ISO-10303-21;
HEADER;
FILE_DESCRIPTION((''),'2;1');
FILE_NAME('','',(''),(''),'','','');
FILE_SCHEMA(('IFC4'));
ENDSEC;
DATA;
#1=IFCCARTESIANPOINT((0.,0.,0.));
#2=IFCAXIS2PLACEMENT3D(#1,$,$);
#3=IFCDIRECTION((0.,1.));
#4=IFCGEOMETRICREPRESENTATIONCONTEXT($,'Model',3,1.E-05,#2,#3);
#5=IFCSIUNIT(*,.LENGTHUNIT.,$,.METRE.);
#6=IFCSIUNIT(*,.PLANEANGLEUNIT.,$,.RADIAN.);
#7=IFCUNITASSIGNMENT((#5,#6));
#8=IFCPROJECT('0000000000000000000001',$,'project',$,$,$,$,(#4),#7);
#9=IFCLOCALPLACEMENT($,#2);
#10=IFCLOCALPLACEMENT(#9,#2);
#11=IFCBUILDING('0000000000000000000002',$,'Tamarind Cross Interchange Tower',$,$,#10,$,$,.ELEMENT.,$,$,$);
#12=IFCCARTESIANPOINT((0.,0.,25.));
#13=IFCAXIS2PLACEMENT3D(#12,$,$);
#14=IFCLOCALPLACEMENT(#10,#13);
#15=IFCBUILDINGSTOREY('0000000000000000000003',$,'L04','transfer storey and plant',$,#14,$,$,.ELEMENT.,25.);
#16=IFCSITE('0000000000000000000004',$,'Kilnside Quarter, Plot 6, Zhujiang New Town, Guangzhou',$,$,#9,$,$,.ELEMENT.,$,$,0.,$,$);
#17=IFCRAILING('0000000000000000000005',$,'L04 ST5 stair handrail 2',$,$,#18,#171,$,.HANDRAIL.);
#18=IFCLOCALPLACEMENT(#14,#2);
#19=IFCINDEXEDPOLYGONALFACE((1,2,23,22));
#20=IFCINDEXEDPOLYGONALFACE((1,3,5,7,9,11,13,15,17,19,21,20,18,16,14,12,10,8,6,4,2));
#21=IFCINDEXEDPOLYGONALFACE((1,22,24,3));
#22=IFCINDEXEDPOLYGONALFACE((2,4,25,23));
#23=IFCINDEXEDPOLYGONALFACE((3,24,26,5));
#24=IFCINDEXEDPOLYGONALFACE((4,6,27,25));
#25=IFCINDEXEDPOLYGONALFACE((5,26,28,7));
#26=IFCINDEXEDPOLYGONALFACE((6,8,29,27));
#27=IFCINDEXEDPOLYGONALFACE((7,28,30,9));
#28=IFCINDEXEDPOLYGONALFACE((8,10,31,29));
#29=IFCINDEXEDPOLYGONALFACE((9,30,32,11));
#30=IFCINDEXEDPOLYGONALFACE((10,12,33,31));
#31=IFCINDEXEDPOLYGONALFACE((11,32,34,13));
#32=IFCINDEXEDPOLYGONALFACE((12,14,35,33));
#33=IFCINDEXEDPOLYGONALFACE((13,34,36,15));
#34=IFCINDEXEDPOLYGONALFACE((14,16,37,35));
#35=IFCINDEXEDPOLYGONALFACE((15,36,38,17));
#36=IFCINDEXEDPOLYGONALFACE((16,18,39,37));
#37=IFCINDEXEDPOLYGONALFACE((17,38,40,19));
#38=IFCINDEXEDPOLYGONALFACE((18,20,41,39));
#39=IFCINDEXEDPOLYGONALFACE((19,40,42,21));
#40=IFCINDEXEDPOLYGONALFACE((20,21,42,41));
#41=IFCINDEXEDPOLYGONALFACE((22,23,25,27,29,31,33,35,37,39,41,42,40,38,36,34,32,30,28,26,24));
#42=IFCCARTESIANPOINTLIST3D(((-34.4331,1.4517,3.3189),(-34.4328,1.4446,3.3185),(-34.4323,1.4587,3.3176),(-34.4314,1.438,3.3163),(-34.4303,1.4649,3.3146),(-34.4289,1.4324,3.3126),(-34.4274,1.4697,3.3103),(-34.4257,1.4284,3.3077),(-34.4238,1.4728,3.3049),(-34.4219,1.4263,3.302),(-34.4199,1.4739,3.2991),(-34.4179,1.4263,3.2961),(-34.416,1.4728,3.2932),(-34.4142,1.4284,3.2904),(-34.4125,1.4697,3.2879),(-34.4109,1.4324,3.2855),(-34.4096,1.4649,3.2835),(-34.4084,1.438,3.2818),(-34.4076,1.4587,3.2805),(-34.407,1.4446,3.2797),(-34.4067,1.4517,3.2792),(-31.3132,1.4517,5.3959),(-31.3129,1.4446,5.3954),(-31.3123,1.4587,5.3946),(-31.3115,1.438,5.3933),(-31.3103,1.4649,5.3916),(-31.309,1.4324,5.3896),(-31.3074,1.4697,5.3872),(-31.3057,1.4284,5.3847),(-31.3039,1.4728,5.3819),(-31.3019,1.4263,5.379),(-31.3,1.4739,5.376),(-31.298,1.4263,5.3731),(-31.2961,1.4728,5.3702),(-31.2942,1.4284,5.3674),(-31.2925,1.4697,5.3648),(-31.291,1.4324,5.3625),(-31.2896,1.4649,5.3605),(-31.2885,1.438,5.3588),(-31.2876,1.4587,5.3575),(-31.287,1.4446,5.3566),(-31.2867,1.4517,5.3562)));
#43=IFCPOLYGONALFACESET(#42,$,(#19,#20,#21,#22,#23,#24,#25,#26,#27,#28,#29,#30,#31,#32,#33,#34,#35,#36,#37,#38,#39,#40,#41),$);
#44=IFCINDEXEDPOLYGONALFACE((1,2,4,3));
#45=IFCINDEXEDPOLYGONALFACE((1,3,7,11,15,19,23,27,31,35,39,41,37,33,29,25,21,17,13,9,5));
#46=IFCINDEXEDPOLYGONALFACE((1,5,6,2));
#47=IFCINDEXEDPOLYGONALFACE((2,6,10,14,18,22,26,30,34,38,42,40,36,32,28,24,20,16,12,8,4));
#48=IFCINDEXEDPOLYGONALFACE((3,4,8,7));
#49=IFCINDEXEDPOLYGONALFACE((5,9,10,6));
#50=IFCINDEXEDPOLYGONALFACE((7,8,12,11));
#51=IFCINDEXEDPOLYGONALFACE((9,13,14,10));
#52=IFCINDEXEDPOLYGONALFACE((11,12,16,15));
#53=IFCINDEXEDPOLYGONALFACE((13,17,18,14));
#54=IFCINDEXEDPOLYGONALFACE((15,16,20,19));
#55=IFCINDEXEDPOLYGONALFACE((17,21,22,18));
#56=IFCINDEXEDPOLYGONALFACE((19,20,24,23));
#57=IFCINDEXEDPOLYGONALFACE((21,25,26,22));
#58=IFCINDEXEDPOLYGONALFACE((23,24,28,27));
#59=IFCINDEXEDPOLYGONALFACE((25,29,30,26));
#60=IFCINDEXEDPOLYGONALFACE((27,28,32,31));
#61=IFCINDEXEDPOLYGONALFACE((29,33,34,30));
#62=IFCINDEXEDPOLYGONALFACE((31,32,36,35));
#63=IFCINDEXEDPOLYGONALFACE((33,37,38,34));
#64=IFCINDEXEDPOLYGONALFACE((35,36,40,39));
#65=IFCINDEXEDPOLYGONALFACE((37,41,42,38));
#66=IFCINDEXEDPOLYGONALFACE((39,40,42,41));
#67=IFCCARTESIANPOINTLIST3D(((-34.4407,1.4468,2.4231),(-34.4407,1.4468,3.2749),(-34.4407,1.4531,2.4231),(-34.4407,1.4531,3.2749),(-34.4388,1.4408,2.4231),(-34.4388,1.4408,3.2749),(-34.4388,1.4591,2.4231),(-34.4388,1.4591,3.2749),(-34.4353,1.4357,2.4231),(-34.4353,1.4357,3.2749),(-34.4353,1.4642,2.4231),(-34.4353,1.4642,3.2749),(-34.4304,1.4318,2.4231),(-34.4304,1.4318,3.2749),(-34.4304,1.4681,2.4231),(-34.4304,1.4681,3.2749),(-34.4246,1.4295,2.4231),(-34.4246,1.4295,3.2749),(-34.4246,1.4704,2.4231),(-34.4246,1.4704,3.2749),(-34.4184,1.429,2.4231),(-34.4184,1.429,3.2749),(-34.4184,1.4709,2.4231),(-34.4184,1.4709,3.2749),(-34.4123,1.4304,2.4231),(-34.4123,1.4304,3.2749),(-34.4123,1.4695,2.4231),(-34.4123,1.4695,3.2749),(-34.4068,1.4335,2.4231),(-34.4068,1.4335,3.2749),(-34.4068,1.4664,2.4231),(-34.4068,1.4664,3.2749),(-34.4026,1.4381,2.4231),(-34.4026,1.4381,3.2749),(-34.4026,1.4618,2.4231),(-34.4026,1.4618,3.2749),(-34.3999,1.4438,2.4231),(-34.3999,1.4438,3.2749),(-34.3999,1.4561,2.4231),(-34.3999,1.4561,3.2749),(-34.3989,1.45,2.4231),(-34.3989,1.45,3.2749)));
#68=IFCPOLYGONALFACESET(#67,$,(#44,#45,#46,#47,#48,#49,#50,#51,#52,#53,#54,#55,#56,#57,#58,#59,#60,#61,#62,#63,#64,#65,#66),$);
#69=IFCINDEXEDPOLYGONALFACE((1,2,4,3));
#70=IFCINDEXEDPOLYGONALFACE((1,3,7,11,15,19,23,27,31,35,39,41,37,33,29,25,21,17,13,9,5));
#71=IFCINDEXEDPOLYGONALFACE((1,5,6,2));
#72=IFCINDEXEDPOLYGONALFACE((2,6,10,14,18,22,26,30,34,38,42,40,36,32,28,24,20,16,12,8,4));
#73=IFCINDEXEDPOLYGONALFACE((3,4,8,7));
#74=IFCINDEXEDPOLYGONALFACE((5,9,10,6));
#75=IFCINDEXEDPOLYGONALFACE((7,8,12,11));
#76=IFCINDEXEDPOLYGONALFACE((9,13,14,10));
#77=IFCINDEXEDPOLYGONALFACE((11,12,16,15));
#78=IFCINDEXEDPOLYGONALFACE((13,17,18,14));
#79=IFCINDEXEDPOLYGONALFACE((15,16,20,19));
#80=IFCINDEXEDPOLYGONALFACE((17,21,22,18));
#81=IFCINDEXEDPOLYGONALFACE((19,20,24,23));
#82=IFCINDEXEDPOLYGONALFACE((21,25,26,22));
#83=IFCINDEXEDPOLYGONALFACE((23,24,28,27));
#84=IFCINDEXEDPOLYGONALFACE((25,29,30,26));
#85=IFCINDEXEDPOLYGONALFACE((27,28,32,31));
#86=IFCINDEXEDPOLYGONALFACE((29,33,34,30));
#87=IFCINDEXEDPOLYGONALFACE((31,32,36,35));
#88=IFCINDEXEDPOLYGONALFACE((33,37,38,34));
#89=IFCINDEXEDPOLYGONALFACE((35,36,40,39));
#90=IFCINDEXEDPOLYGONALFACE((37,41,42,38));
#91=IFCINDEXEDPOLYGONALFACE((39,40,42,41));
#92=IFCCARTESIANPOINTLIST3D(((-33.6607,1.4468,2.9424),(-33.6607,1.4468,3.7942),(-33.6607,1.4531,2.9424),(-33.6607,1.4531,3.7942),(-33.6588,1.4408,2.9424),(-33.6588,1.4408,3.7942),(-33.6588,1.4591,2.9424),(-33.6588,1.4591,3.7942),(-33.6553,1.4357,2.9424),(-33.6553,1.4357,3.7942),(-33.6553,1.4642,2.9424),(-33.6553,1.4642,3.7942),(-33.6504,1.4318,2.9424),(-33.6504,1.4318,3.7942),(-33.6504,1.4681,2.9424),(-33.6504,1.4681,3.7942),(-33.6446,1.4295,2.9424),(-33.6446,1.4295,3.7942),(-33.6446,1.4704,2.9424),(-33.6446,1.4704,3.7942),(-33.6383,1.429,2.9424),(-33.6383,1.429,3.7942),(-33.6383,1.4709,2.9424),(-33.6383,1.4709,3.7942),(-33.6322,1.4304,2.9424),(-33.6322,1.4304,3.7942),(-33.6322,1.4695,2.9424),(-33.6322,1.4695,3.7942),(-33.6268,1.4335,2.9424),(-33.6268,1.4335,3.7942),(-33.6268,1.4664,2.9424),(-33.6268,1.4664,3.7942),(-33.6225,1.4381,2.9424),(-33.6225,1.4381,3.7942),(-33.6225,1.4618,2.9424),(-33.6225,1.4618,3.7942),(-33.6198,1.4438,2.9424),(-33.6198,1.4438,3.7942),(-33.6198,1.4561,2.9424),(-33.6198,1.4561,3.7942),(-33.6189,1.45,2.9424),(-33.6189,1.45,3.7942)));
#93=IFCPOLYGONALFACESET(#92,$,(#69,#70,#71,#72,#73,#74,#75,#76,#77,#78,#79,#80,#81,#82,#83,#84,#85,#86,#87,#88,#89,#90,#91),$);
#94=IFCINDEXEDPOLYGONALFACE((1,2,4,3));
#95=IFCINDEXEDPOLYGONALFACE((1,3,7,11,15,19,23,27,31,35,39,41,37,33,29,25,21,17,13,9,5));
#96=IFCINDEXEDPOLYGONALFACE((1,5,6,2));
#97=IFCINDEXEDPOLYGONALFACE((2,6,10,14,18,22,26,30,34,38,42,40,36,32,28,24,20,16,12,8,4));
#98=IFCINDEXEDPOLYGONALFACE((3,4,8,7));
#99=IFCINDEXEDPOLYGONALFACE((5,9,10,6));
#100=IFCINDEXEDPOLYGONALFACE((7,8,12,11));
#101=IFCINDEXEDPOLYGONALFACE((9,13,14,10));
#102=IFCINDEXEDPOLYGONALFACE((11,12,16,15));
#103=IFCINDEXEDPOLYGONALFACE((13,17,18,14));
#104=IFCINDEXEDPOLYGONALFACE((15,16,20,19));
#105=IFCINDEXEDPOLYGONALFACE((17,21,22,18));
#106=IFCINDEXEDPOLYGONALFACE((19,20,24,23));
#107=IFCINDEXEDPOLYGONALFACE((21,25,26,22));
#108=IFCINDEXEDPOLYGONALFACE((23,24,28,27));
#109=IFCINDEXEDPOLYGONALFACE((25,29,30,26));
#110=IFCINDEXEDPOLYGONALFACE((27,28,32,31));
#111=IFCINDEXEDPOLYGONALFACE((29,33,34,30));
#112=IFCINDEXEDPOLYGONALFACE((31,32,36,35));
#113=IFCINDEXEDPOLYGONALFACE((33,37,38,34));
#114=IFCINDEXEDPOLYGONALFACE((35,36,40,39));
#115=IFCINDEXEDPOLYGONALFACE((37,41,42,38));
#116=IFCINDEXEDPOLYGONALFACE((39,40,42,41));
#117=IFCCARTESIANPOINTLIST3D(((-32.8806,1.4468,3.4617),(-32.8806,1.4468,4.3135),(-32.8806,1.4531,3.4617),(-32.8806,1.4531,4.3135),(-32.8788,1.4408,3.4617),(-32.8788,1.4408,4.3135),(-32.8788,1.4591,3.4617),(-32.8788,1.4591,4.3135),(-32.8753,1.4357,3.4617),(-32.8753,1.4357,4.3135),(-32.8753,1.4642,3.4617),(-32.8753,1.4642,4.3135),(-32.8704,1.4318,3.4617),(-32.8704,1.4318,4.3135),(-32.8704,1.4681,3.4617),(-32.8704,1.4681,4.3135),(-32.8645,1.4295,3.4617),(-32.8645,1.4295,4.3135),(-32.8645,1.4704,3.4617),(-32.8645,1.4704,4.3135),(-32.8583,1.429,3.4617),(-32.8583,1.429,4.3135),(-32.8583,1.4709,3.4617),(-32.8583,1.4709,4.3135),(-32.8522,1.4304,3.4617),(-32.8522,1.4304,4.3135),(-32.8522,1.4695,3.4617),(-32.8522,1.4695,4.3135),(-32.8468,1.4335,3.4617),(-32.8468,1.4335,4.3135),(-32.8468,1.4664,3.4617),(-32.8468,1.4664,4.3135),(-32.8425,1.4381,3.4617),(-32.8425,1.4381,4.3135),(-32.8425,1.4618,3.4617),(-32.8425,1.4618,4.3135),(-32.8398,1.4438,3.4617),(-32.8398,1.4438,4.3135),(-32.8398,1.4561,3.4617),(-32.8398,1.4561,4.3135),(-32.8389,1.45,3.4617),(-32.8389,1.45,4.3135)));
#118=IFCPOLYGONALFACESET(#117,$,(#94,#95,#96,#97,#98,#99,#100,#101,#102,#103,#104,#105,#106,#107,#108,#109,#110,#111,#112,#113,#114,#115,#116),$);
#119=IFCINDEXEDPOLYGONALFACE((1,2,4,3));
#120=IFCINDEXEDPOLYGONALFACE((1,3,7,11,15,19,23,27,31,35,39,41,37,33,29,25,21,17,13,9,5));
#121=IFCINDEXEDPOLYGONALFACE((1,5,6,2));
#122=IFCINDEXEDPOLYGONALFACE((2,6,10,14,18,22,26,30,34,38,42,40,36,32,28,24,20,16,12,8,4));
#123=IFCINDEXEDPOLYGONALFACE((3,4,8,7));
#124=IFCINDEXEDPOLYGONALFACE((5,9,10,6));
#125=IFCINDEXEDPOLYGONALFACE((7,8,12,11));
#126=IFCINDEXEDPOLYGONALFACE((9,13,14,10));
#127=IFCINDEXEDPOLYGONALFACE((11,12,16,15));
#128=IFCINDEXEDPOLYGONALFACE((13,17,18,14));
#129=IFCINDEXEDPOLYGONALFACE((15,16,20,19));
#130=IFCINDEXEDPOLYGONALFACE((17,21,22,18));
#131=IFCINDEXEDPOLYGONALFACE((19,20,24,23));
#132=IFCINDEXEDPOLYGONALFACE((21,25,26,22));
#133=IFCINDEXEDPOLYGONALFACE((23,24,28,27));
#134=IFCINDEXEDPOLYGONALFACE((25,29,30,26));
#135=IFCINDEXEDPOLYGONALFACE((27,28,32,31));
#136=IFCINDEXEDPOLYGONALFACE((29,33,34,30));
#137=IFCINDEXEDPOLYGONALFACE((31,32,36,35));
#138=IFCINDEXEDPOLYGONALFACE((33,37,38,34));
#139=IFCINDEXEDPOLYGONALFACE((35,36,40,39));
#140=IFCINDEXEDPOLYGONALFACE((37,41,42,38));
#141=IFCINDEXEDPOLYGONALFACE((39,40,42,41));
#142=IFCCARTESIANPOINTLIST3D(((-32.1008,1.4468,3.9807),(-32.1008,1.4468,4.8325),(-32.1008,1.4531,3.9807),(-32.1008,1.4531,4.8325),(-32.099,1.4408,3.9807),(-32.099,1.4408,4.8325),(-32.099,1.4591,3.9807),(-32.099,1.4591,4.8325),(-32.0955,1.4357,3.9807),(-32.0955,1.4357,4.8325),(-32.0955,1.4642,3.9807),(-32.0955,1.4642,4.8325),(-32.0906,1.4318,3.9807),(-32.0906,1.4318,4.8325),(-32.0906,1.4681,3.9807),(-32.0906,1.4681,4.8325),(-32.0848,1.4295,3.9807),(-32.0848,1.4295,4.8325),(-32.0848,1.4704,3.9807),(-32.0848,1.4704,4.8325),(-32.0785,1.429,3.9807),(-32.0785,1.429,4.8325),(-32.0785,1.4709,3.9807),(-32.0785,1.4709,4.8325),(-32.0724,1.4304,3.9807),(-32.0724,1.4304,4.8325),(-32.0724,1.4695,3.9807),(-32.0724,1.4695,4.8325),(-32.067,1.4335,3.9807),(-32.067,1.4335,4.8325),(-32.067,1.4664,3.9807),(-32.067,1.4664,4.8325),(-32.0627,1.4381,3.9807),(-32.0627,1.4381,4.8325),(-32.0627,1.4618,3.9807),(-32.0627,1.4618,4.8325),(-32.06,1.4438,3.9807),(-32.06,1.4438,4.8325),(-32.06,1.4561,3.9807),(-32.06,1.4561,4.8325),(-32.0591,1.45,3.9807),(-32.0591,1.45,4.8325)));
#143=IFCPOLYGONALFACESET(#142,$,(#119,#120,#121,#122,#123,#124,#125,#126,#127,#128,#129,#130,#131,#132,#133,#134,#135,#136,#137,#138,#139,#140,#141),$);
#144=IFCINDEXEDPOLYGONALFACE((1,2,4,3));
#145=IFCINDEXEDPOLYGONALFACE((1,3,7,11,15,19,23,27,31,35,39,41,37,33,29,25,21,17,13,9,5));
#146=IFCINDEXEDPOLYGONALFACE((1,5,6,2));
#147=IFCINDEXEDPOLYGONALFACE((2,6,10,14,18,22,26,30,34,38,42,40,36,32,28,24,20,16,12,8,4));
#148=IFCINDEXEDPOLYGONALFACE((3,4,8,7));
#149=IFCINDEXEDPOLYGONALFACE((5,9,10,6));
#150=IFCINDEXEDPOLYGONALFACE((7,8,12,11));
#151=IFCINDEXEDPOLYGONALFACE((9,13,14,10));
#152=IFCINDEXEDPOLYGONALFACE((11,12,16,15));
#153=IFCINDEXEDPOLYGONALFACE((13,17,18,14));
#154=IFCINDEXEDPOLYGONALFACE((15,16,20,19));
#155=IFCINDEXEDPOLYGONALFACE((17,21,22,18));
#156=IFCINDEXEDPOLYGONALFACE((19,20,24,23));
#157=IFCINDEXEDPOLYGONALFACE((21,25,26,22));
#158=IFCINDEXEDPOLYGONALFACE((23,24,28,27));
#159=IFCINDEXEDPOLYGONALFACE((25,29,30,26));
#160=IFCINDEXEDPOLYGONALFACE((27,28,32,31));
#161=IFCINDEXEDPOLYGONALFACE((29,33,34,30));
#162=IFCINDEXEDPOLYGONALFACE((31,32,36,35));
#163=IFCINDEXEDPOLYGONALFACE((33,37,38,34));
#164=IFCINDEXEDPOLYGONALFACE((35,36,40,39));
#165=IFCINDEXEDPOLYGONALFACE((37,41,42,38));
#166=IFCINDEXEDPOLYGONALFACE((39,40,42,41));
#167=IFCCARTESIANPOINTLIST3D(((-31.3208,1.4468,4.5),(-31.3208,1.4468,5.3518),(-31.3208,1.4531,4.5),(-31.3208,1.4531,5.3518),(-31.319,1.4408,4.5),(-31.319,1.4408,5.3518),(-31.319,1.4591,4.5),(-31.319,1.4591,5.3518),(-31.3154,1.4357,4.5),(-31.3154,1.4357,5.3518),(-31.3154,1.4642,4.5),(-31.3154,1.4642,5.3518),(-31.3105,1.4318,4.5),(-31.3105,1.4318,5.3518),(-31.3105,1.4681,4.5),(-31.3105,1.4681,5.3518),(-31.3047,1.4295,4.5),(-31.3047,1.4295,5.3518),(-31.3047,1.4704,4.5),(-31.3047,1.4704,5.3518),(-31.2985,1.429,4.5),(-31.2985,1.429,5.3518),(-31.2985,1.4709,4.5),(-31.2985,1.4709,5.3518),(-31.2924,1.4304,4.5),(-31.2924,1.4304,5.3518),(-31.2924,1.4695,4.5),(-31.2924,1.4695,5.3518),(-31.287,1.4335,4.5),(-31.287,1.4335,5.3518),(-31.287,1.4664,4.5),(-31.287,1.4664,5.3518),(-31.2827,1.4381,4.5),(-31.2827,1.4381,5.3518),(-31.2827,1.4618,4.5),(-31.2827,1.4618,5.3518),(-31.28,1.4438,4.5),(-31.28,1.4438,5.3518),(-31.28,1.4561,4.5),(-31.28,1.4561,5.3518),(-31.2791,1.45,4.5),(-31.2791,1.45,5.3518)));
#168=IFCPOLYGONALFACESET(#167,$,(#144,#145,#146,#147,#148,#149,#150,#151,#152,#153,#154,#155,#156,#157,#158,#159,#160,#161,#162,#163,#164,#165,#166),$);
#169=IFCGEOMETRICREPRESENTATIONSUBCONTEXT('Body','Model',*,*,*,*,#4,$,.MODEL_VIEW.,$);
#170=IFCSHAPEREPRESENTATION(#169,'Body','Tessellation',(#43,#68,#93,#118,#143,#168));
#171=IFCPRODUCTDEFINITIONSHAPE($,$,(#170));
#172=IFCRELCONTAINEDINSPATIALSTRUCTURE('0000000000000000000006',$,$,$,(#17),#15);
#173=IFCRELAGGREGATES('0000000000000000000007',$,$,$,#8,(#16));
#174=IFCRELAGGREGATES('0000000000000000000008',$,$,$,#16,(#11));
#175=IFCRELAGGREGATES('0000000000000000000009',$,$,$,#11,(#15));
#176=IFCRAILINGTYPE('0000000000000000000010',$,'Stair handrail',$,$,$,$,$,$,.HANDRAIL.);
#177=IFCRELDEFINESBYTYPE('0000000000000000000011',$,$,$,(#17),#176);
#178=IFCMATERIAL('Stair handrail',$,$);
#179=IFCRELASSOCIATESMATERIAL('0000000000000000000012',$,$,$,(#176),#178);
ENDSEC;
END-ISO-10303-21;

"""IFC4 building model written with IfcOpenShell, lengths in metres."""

from ifc_helpers import new_model, si_unit, direction, frame, origin, origin_2d, place, context, subcontext, project, spatial, circle, extrude, material, type_object, element, save


model = new_model("IFC4")

# Units and contexts
model_context = context("Model", 3, precision=1e-05, world=origin(), true_north=direction((0.0, 1.0)))
body_context = subcontext(model_context, "Body", "Model", "MODEL_VIEW")
ifc_project = project(units=[si_unit("LENGTHUNIT", "METRE"), si_unit("PLANEANGLEUNIT", "RADIAN")], contexts=[model_context])

# Site, building, storey
site_placement = place(None, origin())
site = spatial("IfcSite", under=ifc_project, at=site_placement, Name="Kilnside Quarter, Plot 6, Zhujiang New Town, Guangzhou", CompositionType="ELEMENT", RefElevation=0.0)
building_placement = place(site_placement, origin())
building = spatial("IfcBuilding", under=site, at=building_placement, Name="Tamarind Cross Interchange Tower", CompositionType="ELEMENT")
storey_placement = place(building_placement, frame((0.0, 0.0, 25.0)))
storey = spatial("IfcBuildingStorey", under=building, at=storey_placement, Name="L04", Description="transfer storey and plant", CompositionType="ELEMENT", Elevation=25.0)

# Railing
ifc_material_1 = material(Name="Stair handrail")
railing_type_1 = type_object("IfcRailingType", Name="Stair handrail", PredefinedType="HANDRAIL", material=ifc_material_1)
railing_1_placement = place(storey_placement, frame((-34.4199, 1.45, 2.4231)))
element("IfcRailing", 1, at=railing_1_placement, inside=storey, type_object=railing_type_1, Name="L04 ST5 stair handrail 2", PredefinedType="HANDRAIL", context=body_context, shape_type="SweptSolid", body=[
    extrude(circle(Radius=0.0239, at=origin_2d()), frame((0.0, 0.0, 0.876), z_axis=(0.832421, 0.0, 0.554144), x_axis=(0.0, 1.0, 0.0)), (0.0, 0.0, 1.0), 3.748),
    extrude(circle(Radius=0.021, at=origin_2d()), origin(), (0.0, 0.0, 1.0), 0.8518),
    extrude(circle(Radius=0.021, at=origin_2d()), frame((0.78, 0.0, 0.5193)), (0.0, 0.0, 1.0), 0.8518),
    extrude(circle(Radius=0.021, at=origin_2d()), frame((1.5601, 0.0, 1.0386)), (0.0, 0.0, 1.0), 0.8518),
    extrude(circle(Radius=0.021, at=origin_2d()), frame((2.3398, 0.0, 1.5576)), (0.0, 0.0, 1.0), 0.8518),
    extrude(circle(Radius=0.021, at=origin_2d()), frame((3.1199, 0.0, 2.0769)), (0.0, 0.0, 1.0), 0.8518),
])

save(model, "model.ifc")
